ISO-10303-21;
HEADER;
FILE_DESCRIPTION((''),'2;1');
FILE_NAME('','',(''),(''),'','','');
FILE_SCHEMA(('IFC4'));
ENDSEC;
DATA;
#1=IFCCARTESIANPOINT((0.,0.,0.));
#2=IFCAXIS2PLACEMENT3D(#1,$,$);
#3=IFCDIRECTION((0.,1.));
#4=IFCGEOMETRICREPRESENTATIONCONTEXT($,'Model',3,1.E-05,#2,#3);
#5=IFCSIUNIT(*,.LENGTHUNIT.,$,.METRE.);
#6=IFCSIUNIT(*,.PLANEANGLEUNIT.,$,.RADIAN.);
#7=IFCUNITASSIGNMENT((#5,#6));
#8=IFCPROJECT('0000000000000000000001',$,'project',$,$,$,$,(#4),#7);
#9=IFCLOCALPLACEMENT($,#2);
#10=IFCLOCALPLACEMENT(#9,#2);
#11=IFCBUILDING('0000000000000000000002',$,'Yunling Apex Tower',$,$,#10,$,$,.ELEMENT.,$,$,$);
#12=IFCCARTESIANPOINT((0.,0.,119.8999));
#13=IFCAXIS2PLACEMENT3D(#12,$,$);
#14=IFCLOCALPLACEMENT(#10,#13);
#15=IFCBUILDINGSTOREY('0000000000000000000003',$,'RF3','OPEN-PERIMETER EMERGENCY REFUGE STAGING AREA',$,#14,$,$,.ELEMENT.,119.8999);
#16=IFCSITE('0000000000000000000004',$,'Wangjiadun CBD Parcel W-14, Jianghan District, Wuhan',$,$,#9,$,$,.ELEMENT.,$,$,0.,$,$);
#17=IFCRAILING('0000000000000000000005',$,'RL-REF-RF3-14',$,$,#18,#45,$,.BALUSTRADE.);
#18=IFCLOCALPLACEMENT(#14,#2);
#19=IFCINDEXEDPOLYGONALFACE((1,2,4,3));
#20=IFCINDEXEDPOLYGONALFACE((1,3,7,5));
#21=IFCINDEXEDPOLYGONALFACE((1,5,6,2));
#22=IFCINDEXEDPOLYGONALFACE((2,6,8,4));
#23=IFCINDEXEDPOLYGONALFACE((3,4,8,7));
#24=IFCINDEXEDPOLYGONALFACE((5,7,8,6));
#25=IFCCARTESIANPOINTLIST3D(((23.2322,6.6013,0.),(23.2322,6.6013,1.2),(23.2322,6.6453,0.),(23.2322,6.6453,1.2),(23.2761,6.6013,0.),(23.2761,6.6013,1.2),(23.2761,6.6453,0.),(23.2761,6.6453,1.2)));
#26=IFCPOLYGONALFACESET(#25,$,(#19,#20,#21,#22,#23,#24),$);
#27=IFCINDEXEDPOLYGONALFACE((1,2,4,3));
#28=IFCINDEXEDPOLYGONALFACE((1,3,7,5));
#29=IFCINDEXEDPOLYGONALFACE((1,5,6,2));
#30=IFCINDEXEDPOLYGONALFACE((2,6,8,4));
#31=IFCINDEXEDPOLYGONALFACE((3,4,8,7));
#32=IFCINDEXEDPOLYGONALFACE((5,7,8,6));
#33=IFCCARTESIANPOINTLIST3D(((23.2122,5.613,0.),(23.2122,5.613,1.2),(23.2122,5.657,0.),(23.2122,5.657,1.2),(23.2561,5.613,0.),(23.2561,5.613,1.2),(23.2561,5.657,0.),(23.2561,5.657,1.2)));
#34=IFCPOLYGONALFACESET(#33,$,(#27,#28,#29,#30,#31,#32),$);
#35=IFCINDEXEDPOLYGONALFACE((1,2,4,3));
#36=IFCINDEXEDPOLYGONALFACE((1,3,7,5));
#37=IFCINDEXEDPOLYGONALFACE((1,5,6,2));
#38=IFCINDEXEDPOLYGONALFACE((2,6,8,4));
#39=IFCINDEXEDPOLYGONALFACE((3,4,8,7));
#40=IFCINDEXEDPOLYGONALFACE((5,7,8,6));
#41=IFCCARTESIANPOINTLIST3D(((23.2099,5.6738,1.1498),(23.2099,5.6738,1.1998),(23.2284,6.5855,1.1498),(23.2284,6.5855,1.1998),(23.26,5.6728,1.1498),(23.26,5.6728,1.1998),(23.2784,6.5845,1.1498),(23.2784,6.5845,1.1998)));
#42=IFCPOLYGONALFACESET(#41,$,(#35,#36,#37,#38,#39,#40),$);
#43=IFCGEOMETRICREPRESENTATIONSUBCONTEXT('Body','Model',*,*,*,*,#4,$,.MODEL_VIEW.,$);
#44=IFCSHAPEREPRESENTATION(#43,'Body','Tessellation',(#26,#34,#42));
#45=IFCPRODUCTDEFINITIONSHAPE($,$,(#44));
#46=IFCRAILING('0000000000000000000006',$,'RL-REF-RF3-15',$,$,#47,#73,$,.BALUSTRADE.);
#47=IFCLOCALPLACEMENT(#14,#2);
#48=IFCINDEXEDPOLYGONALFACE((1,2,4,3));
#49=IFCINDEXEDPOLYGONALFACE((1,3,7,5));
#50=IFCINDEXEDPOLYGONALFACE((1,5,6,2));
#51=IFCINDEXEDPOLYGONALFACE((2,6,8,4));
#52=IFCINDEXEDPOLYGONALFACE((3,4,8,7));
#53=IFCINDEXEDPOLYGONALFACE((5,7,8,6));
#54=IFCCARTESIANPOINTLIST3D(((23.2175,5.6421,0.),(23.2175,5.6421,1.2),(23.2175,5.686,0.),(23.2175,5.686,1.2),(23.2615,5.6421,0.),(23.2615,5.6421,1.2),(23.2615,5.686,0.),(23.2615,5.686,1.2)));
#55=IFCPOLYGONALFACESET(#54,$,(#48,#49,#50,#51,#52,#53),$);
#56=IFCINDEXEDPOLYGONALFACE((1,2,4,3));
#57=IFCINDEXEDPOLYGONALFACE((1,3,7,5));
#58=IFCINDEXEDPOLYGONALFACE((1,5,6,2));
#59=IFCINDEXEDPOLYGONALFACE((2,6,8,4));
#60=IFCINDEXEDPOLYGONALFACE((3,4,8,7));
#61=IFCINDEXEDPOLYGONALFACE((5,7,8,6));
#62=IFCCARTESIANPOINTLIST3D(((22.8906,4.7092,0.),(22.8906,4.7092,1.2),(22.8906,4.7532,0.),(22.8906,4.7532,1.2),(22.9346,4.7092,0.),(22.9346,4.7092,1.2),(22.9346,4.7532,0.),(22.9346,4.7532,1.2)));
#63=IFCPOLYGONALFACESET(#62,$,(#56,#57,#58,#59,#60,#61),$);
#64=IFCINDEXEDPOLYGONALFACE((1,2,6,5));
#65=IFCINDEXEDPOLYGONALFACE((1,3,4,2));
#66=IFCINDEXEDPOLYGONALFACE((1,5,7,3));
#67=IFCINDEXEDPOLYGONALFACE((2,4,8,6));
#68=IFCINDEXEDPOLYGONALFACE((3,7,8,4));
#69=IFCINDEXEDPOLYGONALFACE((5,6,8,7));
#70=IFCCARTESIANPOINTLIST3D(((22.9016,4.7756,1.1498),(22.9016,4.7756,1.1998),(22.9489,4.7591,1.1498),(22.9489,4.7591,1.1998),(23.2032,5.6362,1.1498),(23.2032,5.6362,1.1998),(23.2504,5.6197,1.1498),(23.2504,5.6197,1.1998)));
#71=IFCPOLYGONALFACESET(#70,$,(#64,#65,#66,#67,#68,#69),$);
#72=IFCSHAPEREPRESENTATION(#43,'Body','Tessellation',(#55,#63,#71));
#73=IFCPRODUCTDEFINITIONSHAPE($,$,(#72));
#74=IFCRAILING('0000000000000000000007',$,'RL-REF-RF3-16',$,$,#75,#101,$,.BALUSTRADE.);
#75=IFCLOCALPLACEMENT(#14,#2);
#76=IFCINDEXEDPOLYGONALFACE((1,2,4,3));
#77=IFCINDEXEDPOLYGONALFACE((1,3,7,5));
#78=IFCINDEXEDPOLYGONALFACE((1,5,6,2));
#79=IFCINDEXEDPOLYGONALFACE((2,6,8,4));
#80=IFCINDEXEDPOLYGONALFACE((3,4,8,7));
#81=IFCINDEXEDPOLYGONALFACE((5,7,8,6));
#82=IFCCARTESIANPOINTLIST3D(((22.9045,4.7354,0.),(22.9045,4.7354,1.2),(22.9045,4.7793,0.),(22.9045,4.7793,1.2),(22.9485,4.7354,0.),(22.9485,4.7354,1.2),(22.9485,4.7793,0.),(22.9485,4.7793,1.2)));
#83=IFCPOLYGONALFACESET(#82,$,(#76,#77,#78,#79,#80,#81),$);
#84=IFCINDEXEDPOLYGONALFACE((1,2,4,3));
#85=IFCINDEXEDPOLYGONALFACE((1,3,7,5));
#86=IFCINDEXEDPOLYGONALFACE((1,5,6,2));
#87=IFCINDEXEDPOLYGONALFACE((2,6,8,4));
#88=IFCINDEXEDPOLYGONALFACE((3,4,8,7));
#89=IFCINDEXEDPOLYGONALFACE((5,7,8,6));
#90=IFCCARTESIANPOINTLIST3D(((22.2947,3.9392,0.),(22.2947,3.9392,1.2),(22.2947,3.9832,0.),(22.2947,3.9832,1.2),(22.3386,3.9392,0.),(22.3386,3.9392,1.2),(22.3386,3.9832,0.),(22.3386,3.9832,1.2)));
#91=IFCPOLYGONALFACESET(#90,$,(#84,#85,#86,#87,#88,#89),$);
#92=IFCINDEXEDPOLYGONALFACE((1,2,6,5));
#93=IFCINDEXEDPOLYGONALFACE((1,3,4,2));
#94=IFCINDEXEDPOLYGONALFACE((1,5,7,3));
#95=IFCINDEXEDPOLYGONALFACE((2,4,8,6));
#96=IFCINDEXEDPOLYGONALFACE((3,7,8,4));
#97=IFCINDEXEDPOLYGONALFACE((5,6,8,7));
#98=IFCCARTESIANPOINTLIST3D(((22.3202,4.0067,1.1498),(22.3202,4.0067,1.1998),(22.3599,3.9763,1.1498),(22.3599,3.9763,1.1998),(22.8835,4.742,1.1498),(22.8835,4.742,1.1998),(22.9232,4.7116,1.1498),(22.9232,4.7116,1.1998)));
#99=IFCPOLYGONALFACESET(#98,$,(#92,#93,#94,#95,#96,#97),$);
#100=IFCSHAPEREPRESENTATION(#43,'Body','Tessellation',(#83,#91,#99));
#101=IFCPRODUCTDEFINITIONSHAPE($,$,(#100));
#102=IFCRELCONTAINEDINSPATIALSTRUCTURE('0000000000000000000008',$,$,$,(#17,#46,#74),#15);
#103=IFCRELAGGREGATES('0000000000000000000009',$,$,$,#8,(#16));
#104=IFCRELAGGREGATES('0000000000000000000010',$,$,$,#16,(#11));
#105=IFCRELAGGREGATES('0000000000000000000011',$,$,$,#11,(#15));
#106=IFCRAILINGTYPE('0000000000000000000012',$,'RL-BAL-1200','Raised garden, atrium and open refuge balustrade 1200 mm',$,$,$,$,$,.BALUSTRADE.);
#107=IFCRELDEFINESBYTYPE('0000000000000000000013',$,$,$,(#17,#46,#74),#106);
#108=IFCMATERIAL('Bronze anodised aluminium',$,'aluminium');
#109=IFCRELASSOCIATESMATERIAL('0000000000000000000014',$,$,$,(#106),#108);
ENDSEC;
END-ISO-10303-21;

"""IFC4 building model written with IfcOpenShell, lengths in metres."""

from ifc_helpers import new_model, si_unit, direction, frame, origin, origin_2d, place, context, subcontext, project, spatial, rectangle, extrude, material, type_object, element, save


model = new_model("IFC4")

# Units and contexts
model_context = context("Model", 3, precision=1e-05, world=origin(), true_north=direction((0.0, 1.0)))
body_context = subcontext(model_context, "Body", "Model", "MODEL_VIEW")
ifc_project = project(units=[si_unit("LENGTHUNIT", "METRE"), si_unit("PLANEANGLEUNIT", "RADIAN")], contexts=[model_context])

# Site, building, storey
site_placement = place(None, origin())
site = spatial("IfcSite", under=ifc_project, at=site_placement, Name="Wangjiadun CBD Parcel W-14, Jianghan District, Wuhan", CompositionType="ELEMENT", RefElevation=0.0)
building_placement = place(site_placement, origin())
building = spatial("IfcBuilding", under=site, at=building_placement, Name="Yunling Apex Tower", CompositionType="ELEMENT")
storey_placement = place(building_placement, frame((0.0, 0.0, 119.8999)))
storey = spatial("IfcBuildingStorey", under=building, at=storey_placement, Name="RF3", Description="OPEN-PERIMETER EMERGENCY REFUGE STAGING AREA", CompositionType="ELEMENT", Elevation=119.8999)

# Railings
ifc_material_1 = material(Name="Bronze anodised aluminium", Category="aluminium")
railing_type = type_object("IfcRailingType", Name="RL-BAL-1200", Description="Raised garden, atrium and open refuge balustrade 1200 mm", PredefinedType="BALUSTRADE", material=ifc_material_1)
railing_1_placement = place(storey_placement, frame((23.2542, 6.6233, 0.0)))
element("IfcRailing", 1, at=railing_1_placement, inside=storey, type_object=railing_type, Name="RL-REF-RF3-14", PredefinedType="BALUSTRADE", context=body_context, shape_type="SweptSolid", body=[
    extrude(rectangle(XDim=0.0439, YDim=0.0439, at=origin_2d()), origin(), (0.0, 0.0, 1.0), 1.2),
    extrude(rectangle(XDim=0.0439, YDim=0.0439, at=origin_2d()), frame((-0.02, -0.9883, 0.0)), (0.0, 0.0, 1.0), 1.2),
    extrude(rectangle(XDim=0.05, YDim=0.05, at=origin_2d()), frame((-0.0007, -0.0383, 1.1748), z_axis=(-0.020253, -0.999795, 0.0), x_axis=(0.999795, -0.020253, 0.0)), (0.0, 0.0, 1.0), 0.9119),
])
railing_2_placement = place(storey_placement, frame((23.2395, 5.6641, 0.0)))
element("IfcRailing", 2, at=railing_2_placement, inside=storey, type_object=railing_type, Name="RL-REF-RF3-15", PredefinedType="BALUSTRADE", context=body_context, shape_type="SweptSolid", body=[
    extrude(rectangle(XDim=0.0439, YDim=0.0439, at=origin_2d()), origin(), (0.0, 0.0, 1.0), 1.2),
    extrude(rectangle(XDim=0.0439, YDim=0.0439, at=origin_2d()), frame((-0.3269, -0.9329, 0.0)), (0.0, 0.0, 1.0), 1.2),
    extrude(rectangle(XDim=0.05, YDim=0.05, at=origin_2d()), frame((-0.0127, -0.0361, 1.1748), z_axis=(-0.330713, -0.943731, 0.0), x_axis=(0.943731, -0.330713, 0.0)), (0.0, 0.0, 1.0), 0.9119),
])
railing_3_placement = place(storey_placement, frame((22.9265, 4.7573, 0.0)))
element("IfcRailing", 3, at=railing_3_placement, inside=storey, type_object=railing_type, Name="RL-REF-RF3-16", PredefinedType="BALUSTRADE", context=body_context, shape_type="SweptSolid", body=[
    extrude(rectangle(XDim=0.0439, YDim=0.0439, at=origin_2d()), origin(), (0.0, 0.0, 1.0), 1.2),
    extrude(rectangle(XDim=0.0439, YDim=0.0439, at=origin_2d()), frame((-0.6099, -0.7961, 0.0)), (0.0, 0.0, 1.0), 1.2),
    extrude(rectangle(XDim=0.05, YDim=0.05, at=origin_2d()), frame((-0.0232, -0.0305, 1.1748), z_axis=(-0.60811, -0.793853, 0.0), x_axis=(0.793853, -0.60811, 0.0)), (0.0, 0.0, 1.0), 0.9263),
])

save(model, "model.ifc")
